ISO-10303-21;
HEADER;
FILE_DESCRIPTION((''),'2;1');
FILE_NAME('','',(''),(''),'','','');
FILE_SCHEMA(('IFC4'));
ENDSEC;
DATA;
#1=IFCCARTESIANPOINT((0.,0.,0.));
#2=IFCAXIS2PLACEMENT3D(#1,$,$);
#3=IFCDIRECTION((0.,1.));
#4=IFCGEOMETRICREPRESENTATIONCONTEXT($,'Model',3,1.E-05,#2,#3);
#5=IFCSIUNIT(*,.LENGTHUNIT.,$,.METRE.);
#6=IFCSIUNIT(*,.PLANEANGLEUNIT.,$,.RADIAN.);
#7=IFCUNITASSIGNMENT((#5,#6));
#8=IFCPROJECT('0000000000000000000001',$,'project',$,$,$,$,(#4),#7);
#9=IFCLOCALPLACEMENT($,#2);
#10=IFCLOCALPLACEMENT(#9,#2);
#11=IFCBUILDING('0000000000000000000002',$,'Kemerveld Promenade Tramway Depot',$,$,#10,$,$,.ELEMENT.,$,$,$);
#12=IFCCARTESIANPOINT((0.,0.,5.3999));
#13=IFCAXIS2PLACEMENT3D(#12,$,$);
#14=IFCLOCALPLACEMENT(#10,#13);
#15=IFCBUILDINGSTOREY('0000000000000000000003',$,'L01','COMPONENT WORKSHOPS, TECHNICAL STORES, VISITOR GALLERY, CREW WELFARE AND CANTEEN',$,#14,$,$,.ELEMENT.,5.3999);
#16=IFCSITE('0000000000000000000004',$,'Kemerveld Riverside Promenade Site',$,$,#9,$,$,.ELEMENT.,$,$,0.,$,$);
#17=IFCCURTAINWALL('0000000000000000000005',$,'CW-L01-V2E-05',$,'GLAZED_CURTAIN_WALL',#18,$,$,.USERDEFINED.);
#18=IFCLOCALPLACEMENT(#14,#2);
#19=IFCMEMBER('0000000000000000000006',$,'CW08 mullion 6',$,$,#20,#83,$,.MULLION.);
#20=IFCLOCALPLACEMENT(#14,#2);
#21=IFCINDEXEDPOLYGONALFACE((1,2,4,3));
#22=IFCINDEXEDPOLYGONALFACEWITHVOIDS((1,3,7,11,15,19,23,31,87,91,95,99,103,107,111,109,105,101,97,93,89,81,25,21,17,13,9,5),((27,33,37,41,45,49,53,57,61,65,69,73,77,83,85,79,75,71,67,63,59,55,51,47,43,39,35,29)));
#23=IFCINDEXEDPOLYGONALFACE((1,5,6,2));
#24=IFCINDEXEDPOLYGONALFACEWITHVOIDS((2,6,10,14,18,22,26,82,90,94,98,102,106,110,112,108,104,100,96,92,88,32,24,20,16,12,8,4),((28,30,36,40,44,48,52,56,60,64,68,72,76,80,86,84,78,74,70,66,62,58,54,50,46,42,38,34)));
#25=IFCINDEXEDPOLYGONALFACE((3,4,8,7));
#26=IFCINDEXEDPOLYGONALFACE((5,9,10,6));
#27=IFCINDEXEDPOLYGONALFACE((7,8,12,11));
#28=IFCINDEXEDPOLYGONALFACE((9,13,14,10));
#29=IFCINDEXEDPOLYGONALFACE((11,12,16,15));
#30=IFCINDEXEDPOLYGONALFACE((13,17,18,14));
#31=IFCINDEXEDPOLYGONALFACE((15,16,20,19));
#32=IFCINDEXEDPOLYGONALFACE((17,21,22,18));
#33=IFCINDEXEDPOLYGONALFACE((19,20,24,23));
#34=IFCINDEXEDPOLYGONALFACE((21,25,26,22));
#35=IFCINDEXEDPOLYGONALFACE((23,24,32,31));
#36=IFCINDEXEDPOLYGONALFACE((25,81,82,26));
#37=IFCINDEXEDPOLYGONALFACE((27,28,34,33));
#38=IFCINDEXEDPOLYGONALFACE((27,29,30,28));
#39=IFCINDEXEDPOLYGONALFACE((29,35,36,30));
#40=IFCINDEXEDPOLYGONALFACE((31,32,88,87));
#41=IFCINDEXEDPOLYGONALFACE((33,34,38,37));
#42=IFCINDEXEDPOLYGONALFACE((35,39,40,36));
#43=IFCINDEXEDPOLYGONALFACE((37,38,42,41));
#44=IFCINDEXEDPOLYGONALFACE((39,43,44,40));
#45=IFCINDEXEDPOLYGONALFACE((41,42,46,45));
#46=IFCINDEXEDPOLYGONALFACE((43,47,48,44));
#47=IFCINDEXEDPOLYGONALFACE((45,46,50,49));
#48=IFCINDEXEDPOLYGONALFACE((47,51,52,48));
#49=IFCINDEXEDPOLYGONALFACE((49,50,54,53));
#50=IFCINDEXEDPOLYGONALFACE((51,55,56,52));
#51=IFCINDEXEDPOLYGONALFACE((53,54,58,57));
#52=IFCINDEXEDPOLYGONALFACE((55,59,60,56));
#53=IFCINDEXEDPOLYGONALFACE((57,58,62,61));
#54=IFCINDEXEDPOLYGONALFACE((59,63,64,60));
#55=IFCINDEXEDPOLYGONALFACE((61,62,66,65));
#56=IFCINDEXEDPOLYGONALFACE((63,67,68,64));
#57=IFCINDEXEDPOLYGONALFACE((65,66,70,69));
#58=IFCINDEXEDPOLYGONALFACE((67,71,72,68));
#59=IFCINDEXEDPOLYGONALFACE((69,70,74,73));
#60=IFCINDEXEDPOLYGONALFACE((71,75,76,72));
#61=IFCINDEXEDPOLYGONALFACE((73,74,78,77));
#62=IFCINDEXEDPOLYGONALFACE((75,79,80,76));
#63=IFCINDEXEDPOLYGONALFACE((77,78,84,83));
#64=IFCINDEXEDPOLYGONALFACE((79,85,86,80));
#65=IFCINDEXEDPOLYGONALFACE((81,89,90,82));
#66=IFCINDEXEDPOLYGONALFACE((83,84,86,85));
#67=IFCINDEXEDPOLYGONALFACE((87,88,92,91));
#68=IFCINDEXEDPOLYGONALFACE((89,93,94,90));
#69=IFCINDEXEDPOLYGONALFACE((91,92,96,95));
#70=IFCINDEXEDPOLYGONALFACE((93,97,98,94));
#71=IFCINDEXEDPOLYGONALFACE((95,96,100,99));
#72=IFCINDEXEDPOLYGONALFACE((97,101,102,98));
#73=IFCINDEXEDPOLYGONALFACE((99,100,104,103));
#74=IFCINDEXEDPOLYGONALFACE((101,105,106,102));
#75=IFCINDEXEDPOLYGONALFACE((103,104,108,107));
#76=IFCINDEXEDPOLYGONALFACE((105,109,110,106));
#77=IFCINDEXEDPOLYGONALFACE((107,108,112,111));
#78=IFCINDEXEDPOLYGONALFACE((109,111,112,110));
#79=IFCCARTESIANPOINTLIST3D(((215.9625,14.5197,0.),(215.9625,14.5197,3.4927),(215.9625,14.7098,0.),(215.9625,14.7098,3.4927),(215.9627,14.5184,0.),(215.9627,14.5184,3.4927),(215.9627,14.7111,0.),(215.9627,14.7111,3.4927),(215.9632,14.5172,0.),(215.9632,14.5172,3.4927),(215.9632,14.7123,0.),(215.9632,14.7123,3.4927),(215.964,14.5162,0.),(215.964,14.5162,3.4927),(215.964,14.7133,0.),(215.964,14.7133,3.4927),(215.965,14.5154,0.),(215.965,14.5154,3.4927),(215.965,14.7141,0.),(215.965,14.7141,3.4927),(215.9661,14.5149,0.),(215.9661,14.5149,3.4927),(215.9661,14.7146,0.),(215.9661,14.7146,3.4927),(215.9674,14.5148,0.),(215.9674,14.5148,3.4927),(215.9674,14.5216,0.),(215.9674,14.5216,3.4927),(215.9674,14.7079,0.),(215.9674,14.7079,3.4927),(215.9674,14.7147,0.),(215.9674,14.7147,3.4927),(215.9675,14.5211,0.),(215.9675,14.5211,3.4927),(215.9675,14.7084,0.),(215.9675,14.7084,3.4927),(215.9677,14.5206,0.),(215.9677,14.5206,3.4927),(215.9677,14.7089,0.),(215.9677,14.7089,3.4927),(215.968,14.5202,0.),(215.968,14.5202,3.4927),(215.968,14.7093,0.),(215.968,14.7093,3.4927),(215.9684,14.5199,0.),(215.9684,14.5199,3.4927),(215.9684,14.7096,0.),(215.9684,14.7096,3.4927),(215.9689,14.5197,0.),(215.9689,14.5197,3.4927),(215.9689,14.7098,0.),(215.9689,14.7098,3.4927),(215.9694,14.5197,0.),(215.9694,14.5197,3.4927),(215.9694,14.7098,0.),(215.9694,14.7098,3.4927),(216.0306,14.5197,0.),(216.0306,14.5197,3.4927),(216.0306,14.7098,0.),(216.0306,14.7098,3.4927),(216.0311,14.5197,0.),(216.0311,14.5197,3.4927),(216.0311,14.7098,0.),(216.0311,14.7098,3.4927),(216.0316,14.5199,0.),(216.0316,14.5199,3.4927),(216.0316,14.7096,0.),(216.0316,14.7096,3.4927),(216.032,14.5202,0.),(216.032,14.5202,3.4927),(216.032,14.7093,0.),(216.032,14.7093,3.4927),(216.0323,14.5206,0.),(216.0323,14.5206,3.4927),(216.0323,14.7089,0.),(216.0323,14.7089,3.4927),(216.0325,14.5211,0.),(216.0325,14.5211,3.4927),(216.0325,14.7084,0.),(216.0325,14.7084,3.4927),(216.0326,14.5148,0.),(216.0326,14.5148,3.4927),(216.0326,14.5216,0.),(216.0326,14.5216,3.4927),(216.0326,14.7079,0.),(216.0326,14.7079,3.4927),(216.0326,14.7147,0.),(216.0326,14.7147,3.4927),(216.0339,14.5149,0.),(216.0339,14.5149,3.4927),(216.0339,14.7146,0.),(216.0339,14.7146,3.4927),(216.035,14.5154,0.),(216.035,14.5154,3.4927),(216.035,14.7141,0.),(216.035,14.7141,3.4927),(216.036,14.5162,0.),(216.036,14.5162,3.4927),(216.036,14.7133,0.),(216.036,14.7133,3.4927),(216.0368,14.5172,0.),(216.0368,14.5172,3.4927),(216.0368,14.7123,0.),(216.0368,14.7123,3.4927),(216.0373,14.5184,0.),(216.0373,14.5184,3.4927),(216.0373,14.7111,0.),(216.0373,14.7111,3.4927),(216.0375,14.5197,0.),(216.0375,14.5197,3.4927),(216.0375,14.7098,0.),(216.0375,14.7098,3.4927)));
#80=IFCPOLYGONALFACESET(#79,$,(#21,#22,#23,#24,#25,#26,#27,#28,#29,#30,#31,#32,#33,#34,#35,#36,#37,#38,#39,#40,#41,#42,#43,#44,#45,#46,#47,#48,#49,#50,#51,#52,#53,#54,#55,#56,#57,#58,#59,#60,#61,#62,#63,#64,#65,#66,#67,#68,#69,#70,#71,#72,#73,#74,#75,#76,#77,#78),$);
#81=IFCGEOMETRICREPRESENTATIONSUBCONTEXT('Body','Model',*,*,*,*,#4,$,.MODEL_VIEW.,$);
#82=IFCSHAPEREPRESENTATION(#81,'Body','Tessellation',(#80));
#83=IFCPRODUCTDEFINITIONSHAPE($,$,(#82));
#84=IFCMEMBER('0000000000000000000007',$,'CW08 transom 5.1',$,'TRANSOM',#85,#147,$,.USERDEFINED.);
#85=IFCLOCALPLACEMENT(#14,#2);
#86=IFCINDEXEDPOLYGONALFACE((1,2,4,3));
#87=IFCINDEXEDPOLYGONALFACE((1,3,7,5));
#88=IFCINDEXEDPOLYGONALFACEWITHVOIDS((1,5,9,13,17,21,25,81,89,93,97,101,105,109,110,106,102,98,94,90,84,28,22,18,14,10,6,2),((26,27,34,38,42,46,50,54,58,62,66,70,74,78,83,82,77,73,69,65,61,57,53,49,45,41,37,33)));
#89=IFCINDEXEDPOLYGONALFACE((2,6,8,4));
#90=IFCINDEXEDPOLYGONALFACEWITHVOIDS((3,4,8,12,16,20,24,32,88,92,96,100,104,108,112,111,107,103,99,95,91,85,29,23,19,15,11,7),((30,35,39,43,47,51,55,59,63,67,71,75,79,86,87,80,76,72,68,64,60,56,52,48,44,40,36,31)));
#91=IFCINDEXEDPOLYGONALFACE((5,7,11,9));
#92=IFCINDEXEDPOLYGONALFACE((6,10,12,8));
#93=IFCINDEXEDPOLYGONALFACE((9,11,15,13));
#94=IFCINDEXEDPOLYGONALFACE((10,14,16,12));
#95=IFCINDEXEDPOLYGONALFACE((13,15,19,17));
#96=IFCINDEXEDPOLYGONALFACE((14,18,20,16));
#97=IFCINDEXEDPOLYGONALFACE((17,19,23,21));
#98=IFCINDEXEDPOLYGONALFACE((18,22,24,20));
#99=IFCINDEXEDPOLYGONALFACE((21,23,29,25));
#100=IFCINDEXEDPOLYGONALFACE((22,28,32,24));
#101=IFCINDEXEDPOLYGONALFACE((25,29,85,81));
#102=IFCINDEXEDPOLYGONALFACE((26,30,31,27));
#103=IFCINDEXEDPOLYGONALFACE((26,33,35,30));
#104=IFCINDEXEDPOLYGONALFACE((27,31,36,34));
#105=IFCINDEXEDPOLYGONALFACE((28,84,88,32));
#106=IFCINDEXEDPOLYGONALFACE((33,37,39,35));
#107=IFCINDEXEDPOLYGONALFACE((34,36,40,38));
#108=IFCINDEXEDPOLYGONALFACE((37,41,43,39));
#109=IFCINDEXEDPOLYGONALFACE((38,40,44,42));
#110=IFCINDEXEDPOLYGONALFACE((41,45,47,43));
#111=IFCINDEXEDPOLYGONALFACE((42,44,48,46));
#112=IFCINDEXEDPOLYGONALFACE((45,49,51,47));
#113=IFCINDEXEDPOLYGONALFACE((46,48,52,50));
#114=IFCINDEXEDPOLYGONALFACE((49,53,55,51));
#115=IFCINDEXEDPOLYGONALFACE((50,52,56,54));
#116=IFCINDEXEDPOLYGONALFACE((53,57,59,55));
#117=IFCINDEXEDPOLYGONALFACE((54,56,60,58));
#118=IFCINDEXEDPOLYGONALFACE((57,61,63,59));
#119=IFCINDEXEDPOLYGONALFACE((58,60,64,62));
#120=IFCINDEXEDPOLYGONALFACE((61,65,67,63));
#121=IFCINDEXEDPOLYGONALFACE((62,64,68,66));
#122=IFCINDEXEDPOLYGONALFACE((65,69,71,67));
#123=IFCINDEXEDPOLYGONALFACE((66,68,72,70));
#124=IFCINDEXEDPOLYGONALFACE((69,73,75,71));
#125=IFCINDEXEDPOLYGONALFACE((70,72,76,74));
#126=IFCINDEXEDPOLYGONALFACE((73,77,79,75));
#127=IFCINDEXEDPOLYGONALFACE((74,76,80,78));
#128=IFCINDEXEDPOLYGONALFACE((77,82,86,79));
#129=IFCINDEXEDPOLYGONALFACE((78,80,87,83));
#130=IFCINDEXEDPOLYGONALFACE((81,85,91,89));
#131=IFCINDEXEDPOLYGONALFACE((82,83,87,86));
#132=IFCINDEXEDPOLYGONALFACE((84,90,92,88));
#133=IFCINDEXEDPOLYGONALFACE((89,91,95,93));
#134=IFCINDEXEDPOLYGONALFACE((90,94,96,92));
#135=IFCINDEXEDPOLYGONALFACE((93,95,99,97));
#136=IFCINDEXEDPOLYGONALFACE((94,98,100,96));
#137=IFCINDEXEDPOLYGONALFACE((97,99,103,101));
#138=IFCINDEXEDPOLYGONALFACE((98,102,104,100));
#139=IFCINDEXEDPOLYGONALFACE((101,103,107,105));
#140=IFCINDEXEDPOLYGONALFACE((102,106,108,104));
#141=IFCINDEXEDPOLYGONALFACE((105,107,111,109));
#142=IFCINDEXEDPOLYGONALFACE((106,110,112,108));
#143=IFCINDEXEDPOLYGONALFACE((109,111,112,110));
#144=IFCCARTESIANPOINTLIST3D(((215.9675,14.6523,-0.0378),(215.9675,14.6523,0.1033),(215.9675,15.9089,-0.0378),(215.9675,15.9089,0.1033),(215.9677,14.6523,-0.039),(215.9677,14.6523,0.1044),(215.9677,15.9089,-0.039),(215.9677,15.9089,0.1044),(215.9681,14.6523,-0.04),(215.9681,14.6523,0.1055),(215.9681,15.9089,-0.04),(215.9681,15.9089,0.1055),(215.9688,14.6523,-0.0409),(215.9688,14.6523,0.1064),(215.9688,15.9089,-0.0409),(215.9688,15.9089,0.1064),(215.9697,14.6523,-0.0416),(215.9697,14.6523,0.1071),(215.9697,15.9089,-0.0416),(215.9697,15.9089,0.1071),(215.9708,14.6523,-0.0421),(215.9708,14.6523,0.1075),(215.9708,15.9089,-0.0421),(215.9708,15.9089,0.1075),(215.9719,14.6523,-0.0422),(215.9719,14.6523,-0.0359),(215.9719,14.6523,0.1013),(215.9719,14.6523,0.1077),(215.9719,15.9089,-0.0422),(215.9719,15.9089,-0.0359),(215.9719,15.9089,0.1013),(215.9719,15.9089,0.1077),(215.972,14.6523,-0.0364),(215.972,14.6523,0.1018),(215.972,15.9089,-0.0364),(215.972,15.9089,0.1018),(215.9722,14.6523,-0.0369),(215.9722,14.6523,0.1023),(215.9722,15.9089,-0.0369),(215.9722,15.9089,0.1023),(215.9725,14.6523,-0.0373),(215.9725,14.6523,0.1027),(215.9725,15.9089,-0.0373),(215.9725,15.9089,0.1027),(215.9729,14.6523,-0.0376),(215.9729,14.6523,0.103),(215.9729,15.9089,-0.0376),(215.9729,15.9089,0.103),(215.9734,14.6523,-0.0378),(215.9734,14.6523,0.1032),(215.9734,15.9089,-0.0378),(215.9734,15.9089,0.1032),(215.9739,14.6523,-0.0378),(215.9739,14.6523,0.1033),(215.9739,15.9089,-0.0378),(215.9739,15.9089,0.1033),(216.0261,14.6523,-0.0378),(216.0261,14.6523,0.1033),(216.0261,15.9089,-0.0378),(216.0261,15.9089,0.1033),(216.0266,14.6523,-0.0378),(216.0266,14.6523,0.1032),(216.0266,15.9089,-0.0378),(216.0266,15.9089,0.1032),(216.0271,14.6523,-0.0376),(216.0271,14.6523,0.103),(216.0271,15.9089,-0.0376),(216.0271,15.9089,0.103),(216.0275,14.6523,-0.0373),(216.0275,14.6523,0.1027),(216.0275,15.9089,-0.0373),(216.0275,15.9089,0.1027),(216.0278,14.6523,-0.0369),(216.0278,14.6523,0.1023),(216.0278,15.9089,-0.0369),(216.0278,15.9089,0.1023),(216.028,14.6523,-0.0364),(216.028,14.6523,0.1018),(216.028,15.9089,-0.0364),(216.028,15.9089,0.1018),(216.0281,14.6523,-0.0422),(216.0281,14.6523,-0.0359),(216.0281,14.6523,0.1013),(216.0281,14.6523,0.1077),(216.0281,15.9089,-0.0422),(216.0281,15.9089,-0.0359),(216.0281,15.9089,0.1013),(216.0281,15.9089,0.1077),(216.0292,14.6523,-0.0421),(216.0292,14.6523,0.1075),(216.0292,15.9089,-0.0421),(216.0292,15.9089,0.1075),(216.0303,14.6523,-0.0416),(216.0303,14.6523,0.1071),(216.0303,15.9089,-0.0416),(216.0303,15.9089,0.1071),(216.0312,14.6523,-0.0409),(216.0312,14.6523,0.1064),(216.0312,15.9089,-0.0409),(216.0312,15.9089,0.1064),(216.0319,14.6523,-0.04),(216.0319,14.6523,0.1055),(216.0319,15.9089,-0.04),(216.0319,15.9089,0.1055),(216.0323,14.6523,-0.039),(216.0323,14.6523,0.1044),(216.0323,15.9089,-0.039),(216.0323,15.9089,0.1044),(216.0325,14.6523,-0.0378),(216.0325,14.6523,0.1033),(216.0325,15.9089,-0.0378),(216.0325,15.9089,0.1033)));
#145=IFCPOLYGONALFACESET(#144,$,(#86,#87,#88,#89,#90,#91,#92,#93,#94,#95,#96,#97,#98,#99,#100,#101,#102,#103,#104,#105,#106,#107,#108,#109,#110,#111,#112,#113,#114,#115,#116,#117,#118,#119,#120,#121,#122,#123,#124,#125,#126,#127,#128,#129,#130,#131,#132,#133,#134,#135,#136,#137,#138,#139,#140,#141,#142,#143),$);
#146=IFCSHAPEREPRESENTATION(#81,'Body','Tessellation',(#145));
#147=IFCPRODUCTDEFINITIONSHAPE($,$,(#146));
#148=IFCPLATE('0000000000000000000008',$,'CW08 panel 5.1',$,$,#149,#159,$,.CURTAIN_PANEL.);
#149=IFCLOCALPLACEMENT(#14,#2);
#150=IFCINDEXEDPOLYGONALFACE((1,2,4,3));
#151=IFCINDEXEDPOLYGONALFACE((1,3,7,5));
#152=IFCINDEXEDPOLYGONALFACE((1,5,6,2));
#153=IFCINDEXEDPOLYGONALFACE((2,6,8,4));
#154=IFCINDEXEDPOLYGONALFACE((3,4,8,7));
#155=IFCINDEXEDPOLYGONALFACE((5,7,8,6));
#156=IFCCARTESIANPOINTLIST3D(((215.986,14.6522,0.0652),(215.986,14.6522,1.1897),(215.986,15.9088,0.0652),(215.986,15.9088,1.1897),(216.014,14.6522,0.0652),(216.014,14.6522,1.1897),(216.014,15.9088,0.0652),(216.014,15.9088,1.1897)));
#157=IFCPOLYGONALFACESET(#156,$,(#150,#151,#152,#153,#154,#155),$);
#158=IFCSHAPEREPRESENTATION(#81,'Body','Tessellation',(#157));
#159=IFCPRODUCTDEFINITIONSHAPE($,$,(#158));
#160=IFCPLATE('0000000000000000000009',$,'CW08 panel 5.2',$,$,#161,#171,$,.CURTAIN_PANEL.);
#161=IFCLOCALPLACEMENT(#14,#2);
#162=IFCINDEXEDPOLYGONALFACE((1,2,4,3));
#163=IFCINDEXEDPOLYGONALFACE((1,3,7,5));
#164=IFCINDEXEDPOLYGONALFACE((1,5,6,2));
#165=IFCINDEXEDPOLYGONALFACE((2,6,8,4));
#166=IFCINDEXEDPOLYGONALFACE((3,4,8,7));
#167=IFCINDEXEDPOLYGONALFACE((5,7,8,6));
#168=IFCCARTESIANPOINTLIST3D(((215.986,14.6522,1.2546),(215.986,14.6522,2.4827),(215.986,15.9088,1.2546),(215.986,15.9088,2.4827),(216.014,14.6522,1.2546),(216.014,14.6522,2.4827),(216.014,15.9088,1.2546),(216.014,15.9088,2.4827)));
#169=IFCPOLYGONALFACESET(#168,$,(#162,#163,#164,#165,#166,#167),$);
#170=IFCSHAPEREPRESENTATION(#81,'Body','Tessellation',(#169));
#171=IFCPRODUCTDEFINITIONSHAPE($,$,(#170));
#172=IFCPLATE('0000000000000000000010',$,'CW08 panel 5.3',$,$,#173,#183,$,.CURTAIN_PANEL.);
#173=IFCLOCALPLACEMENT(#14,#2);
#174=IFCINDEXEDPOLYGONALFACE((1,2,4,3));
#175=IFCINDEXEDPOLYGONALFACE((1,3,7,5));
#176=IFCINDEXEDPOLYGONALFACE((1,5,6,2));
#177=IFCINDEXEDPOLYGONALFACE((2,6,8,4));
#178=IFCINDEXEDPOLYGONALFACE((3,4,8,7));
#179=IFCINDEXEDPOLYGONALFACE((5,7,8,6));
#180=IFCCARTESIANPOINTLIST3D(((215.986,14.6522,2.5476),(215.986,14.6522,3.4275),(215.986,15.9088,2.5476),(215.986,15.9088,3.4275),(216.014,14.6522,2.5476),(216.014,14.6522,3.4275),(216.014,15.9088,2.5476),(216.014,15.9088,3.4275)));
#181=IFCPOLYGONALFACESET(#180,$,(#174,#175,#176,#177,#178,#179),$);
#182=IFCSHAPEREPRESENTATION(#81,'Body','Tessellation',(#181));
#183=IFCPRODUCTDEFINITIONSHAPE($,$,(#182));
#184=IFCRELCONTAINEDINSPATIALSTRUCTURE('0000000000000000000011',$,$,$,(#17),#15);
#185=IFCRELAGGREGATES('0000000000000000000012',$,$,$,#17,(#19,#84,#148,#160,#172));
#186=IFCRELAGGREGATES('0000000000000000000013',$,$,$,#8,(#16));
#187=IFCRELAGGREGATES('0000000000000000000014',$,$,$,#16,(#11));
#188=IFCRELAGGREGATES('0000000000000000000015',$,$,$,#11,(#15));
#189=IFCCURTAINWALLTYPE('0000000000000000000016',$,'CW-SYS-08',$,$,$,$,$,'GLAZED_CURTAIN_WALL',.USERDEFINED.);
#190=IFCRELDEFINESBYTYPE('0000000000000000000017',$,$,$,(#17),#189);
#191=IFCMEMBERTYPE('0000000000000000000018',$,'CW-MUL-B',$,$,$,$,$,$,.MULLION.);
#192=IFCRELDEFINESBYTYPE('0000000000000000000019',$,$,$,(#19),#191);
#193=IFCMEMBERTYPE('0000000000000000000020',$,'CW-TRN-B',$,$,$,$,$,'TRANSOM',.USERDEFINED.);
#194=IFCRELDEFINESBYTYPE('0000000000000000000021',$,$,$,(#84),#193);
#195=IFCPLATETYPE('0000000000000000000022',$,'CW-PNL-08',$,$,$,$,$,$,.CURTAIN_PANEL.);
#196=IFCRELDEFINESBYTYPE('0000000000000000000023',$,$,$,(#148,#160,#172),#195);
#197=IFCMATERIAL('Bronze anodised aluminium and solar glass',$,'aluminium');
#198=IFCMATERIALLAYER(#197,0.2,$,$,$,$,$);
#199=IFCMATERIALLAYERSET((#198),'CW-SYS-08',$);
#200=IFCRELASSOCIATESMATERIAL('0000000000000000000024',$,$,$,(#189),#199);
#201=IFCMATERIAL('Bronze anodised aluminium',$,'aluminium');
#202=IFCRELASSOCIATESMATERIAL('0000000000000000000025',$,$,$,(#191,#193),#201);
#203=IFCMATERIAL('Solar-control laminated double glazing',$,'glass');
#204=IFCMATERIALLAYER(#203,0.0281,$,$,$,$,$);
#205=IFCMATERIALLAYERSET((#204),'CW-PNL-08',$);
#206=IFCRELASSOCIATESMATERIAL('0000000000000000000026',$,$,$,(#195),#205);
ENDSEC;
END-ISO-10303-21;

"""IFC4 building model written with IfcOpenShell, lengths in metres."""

from ifc_helpers import new_model, si_unit, direction, frame, origin, origin_2d, place, context, subcontext, project, spatial, rectangle, hollow_rectangle, extrude, material, layer, layer_set, material_profile, profile_set, type_object, element, aggregate, save


model = new_model("IFC4")

# Units and contexts
model_context = context("Model", 3, precision=1e-05, world=origin(), true_north=direction((0.0, 1.0)))
body_context = subcontext(model_context, "Body", "Model", "MODEL_VIEW")
ifc_project = project(units=[si_unit("LENGTHUNIT", "METRE"), si_unit("PLANEANGLEUNIT", "RADIAN")], contexts=[model_context])

# Site, building, storey
site_placement = place(None, origin())
site = spatial("IfcSite", under=ifc_project, at=site_placement, Name="Kemerveld Riverside Promenade Site", CompositionType="ELEMENT", RefElevation=0.0)
building_placement = place(site_placement, origin())
building = spatial("IfcBuilding", under=site, at=building_placement, Name="Kemerveld Promenade Tramway Depot", CompositionType="ELEMENT")
storey_placement = place(building_placement, frame((0.0, 0.0, 5.3999)))
storey = spatial("IfcBuildingStorey", under=building, at=storey_placement, Name="L01", Description="COMPONENT WORKSHOPS, TECHNICAL STORES, VISITOR GALLERY, CREW WELFARE AND CANTEEN", CompositionType="ELEMENT", Elevation=5.3999)

# Curtain wall, members, plates
ifc_material_1 = material(Name="Bronze anodised aluminium and solar glass", Category="aluminium")
ifc_layer_1 = layer(ifc_material_1, 0.2)
ifc_layer_set_1 = layer_set([ifc_layer_1], Name="CW-SYS-08")
curtain_wall_type = type_object("IfcCurtainWallType", Name="CW-SYS-08", ElementType="GLAZED_CURTAIN_WALL", PredefinedType="USERDEFINED", material=ifc_layer_set_1)
curtain_wall_placement = place(storey_placement, origin())
curtain_wall = element("IfcCurtainWall", 1, at=curtain_wall_placement, inside=storey, type_object=curtain_wall_type, Name="CW-L01-V2E-05", ObjectType="GLAZED_CURTAIN_WALL", PredefinedType="USERDEFINED")
ifc_material_2 = material(Name="Bronze anodised aluminium", Category="aluminium")
ifc_material_profile_1 = material_profile(ifc_material_2, hollow_rectangle(XDim=0.075, YDim=0.2, WallThickness=0.0049, InnerFilletRadius=0.002, OuterFilletRadius=0.0049, at=origin_2d()), Name="CW-MUL-200x75")
ifc_profile_set_1 = profile_set([ifc_material_profile_1], Name="Bronze anodised aluminium")
member_type_1 = type_object("IfcMemberType", Name="CW-MUL-B", PredefinedType="MULLION", material=ifc_profile_set_1)
member_1_placement = place(storey_placement, frame((216.0, 14.6147, 0.0), z_axis=(0.0, 0.0, 1.0), x_axis=(1.0, 0.0, 0.0)))
member_1 = element("IfcMember", 2, at=member_1_placement, type_object=member_type_1, Name="CW08 mullion 6", PredefinedType="MULLION", context=body_context, shape_type="SweptSolid", body=[
    extrude(hollow_rectangle(XDim=0.075, YDim=0.2, WallThickness=0.0049, InnerFilletRadius=0.002, OuterFilletRadius=0.0049, at=origin_2d()), origin(), (0.0, 0.0, 1.0), 3.4927),
])
ifc_material_profile_2 = material_profile(ifc_material_2, hollow_rectangle(XDim=0.0649, YDim=0.1499, WallThickness=0.0044, InnerFilletRadius=0.002, OuterFilletRadius=0.0044, at=origin_2d()), Name="CW-TRN-150x65")
ifc_profile_set_2 = profile_set([ifc_material_profile_2], Name="Bronze anodised aluminium")
member_type_2 = type_object("IfcMemberType", Name="CW-TRN-B", ElementType="TRANSOM", PredefinedType="USERDEFINED", material=ifc_profile_set_2)
member_2_placement = place(storey_placement, frame((216.0, 15.9089, 0.0327), z_axis=(0.0, -1.0, 0.0), x_axis=(1.0, 0.0, 0.0)))
member_2 = element("IfcMember", 3, at=member_2_placement, type_object=member_type_2, Name="CW08 transom 5.1", ObjectType="TRANSOM", PredefinedType="USERDEFINED", context=body_context, shape_type="SweptSolid", body=[
    extrude(hollow_rectangle(XDim=0.0649, YDim=0.1499, WallThickness=0.0044, InnerFilletRadius=0.002, OuterFilletRadius=0.0044, at=origin_2d()), origin(), (0.0, 0.0, 1.0), 1.2566),
])
ifc_material_3 = material(Name="Solar-control laminated double glazing", Category="glass")
ifc_layer_2 = layer(ifc_material_3, 0.0281)
ifc_layer_set_2 = layer_set([ifc_layer_2], Name="CW-PNL-08")
plate_type = type_object("IfcPlateType", Name="CW-PNL-08", PredefinedType="CURTAIN_PANEL", material=ifc_layer_set_2)
plate_1_placement = place(storey_placement, frame((216.0, 15.2805, 0.0652), z_axis=(0.0, 0.0, 1.0), x_axis=(0.0, -1.0, 0.0)))
plate_1 = element("IfcPlate", 4, at=plate_1_placement, type_object=plate_type, Name="CW08 panel 5.1", PredefinedType="CURTAIN_PANEL", context=body_context, shape_type="SweptSolid", body=[
    extrude(rectangle(XDim=1.2566, YDim=0.0281, at=origin_2d()), origin(), (0.0, 0.0, 1.0), 1.1245),
])
plate_2_placement = place(storey_placement, frame((216.0, 15.2805, 1.2546), z_axis=(0.0, 0.0, 1.0), x_axis=(0.0, -1.0, 0.0)))
plate_2 = element("IfcPlate", 5, at=plate_2_placement, type_object=plate_type, Name="CW08 panel 5.2", PredefinedType="CURTAIN_PANEL", context=body_context, shape_type="SweptSolid", body=[
    extrude(rectangle(XDim=1.2566, YDim=0.0281, at=origin_2d()), origin(), (0.0, 0.0, 1.0), 1.228),
])
plate_3_placement = place(storey_placement, frame((216.0, 15.2805, 2.5476), z_axis=(0.0, 0.0, 1.0), x_axis=(0.0, -1.0, 0.0)))
plate_3 = element("IfcPlate", 6, at=plate_3_placement, type_object=plate_type, Name="CW08 panel 5.3", PredefinedType="CURTAIN_PANEL", context=body_context, shape_type="SweptSolid", body=[
    extrude(rectangle(XDim=1.2566, YDim=0.0281, at=origin_2d()), origin(), (0.0, 0.0, 1.0), 0.8799),
])
aggregate(curtain_wall, [member_1, member_2, plate_1, plate_2, plate_3])

save(model, "model.ifc")
